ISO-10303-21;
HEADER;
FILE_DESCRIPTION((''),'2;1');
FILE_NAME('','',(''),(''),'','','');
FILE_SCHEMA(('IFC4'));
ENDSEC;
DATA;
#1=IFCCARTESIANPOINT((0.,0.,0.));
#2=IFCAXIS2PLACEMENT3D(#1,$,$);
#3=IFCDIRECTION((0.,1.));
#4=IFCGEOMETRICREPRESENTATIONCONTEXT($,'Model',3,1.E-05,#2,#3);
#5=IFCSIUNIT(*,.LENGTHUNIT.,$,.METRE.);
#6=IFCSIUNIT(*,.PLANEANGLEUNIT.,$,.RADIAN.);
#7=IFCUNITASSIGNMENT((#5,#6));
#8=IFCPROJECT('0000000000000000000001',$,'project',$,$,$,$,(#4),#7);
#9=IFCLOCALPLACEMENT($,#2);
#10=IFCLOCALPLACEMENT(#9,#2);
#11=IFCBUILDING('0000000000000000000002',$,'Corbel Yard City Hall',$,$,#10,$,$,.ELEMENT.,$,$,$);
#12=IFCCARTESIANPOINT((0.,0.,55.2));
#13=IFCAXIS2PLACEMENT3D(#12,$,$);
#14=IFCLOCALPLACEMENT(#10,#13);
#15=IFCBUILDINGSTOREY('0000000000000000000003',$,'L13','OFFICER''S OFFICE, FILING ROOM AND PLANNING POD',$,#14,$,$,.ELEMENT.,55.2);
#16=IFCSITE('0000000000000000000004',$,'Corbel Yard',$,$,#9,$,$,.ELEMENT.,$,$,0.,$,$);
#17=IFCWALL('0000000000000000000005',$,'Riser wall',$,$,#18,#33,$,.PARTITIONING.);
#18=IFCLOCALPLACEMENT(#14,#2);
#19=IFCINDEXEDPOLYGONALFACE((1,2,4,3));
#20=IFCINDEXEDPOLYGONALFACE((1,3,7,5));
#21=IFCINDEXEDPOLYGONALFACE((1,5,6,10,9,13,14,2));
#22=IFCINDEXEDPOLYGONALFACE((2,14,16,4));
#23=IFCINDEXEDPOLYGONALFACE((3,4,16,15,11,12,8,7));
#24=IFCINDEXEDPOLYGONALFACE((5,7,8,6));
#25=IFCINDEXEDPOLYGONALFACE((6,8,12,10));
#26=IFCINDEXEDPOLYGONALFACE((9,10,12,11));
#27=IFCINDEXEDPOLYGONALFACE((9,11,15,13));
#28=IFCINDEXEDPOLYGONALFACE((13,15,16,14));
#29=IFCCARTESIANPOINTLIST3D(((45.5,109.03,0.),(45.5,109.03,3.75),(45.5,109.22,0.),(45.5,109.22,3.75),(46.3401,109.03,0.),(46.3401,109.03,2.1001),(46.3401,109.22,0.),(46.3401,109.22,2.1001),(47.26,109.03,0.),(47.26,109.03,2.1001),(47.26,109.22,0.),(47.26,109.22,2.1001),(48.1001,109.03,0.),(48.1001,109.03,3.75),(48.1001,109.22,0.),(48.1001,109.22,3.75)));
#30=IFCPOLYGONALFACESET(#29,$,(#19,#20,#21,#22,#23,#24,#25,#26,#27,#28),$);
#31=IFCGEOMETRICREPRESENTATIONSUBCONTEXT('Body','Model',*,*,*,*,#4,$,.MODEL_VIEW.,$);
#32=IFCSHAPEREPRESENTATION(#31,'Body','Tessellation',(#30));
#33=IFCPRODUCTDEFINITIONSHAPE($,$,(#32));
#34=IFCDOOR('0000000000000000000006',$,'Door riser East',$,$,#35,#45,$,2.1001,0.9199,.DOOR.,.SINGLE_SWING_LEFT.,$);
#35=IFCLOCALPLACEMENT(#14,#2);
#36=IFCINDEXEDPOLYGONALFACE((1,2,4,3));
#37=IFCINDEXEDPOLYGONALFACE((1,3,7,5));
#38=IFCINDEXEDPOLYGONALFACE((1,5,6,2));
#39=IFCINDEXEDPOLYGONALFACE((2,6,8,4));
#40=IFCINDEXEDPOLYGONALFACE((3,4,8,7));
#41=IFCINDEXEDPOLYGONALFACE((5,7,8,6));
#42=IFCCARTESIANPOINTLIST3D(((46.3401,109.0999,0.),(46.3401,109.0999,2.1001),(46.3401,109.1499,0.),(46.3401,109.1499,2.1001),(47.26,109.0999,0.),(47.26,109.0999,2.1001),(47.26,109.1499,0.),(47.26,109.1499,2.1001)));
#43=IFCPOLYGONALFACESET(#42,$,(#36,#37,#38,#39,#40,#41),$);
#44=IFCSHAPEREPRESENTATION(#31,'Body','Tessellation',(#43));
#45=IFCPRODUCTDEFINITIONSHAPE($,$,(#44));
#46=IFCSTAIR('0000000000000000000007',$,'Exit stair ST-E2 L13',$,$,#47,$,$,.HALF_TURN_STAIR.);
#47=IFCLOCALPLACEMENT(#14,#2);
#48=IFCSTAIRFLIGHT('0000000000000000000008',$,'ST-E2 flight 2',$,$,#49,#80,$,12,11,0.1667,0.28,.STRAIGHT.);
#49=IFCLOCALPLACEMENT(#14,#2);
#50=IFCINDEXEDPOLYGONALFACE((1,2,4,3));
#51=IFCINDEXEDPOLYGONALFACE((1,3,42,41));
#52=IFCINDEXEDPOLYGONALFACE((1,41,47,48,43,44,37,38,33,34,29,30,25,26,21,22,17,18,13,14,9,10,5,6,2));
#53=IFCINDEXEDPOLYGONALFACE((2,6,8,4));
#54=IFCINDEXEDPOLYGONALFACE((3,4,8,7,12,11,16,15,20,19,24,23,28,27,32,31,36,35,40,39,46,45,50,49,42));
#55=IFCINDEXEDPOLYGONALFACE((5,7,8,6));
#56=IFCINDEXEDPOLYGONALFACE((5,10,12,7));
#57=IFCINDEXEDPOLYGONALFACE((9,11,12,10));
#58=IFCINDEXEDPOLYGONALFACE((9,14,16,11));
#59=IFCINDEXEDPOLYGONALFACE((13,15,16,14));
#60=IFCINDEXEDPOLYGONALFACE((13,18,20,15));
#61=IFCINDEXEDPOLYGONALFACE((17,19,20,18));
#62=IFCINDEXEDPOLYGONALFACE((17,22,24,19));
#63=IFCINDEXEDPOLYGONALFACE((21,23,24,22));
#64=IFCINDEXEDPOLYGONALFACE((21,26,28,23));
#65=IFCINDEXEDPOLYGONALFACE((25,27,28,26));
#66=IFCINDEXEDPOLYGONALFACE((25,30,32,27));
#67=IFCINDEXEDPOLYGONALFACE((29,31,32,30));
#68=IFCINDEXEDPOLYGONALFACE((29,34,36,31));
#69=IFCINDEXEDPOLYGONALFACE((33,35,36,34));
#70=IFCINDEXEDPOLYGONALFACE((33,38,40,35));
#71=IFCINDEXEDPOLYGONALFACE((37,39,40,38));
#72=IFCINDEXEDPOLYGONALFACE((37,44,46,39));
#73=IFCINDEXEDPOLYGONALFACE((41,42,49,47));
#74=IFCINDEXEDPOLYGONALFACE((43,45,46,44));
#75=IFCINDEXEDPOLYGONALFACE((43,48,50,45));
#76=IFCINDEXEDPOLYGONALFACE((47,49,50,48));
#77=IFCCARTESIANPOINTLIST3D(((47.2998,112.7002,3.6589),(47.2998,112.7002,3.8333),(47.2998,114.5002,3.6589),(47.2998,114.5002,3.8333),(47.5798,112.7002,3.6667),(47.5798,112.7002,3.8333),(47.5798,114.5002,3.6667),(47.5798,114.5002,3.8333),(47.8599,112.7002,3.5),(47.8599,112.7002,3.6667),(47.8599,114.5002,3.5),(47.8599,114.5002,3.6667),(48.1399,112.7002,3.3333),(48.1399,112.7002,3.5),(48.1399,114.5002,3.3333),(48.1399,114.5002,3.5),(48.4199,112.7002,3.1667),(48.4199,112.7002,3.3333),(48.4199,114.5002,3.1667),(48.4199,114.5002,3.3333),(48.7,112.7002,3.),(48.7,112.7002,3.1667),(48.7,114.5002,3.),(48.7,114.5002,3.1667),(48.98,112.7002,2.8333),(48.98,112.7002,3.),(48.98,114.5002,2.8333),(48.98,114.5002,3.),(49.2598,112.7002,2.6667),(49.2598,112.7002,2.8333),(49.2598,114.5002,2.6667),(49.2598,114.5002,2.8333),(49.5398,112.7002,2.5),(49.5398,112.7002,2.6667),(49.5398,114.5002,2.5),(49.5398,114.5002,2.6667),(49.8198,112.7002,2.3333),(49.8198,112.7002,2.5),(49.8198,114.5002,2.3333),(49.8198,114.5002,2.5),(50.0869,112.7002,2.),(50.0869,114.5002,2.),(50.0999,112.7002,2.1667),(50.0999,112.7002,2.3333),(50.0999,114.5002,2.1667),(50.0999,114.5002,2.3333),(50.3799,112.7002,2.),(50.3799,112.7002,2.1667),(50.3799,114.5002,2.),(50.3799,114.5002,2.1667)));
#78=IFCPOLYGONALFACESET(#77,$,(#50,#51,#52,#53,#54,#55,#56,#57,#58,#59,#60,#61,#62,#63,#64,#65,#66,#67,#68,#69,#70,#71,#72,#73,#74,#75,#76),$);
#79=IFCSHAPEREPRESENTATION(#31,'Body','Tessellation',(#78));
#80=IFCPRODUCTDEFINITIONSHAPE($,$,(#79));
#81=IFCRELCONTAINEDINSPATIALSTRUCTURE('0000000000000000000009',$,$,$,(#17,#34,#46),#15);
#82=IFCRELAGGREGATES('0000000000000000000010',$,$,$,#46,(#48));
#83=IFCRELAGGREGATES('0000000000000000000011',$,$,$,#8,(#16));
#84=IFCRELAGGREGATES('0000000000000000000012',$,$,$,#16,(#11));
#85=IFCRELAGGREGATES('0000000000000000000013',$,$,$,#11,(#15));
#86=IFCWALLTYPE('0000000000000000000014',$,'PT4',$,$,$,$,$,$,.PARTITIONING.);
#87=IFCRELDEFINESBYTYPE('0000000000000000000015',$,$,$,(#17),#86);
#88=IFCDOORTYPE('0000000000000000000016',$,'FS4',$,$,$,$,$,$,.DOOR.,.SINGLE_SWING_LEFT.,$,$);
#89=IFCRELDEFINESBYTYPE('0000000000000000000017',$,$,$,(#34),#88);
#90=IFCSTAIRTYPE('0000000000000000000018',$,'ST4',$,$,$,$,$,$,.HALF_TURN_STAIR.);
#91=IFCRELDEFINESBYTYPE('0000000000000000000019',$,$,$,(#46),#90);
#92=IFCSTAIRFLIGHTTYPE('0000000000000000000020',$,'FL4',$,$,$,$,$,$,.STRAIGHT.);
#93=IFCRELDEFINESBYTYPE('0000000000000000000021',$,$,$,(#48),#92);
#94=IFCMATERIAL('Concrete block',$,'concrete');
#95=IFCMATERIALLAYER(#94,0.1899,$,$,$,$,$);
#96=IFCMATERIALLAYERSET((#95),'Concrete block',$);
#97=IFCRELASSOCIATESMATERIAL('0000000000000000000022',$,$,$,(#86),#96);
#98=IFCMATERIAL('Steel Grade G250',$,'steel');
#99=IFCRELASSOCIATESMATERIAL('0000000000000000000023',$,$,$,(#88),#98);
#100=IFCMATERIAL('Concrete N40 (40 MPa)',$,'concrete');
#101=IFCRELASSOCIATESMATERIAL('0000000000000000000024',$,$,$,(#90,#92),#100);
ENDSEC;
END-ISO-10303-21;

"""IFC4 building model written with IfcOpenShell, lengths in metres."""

from ifc_helpers import new_model, si_unit, direction, frame, frame_2d, origin, place, context, subcontext, project, spatial, polyline, rectangle, outline, extrude, material, layer, layer_set, type_object, element, fill, aggregate, save


model = new_model("IFC4")

# Units and contexts
model_context = context("Model", 3, precision=1e-05, world=origin(), true_north=direction((0.0, 1.0)))
body_context = subcontext(model_context, "Body", "Model", "MODEL_VIEW")
ifc_project = project(units=[si_unit("LENGTHUNIT", "METRE"), si_unit("PLANEANGLEUNIT", "RADIAN")], contexts=[model_context])

# Site, building, storey
site_placement = place(None, origin())
site = spatial("IfcSite", under=ifc_project, at=site_placement, Name="Corbel Yard", CompositionType="ELEMENT", RefElevation=0.0)
building_placement = place(site_placement, origin())
building = spatial("IfcBuilding", under=site, at=building_placement, Name="Corbel Yard City Hall", CompositionType="ELEMENT")
storey_placement = place(building_placement, frame((0.0, 0.0, 55.2)))
storey = spatial("IfcBuildingStorey", under=building, at=storey_placement, Name="L13", Description="OFFICER'S OFFICE, FILING ROOM AND PLANNING POD", CompositionType="ELEMENT", Elevation=55.2)

# Shared definitions
ifc_material_1 = material(Name="Concrete N40 (40 MPa)", Category="concrete")

# Wall, opening, door
ifc_material_2 = material(Name="Steel Grade G250", Category="steel")
ifc_material_3 = material(Name="Concrete block", Category="concrete")
ifc_layer_1 = layer(ifc_material_3, 0.1899)
ifc_layer_set_1 = layer_set([ifc_layer_1], Name="Concrete block")
wall_type_1 = type_object("IfcWallType", Name="PT4", PredefinedType="PARTITIONING", material=ifc_layer_set_1)
wall_1_placement = place(storey_placement, frame((45.5, 109.125, 0.0), z_axis=(0.0, 0.0, 1.0), x_axis=(1.0, 0.0, 0.0)))
wall_1 = element("IfcWall", 1, at=wall_1_placement, inside=storey, type_object=wall_type_1, Name="Riser wall", PredefinedType="PARTITIONING", context=body_context, shape_type="SweptSolid", body=[
    extrude(rectangle(XDim=2.6001, YDim=0.1899, at=frame_2d((1.3, 0.0))), origin(), (0.0, 0.0, 1.0), 3.75),
])
opening_1_placement = place(wall_1_placement, frame((0.8401, 0.0, 0.0)))
opening_1 = element("IfcOpeningElement", 2, at=opening_1_placement, cuts=wall_1, PredefinedType="OPENING", context=body_context, shape_type="SweptSolid", body=[
    extrude(rectangle(XDim=0.9199, YDim=2.1001, at=frame_2d((0.46, 1.05))), frame((0.0, 0.105, 0.0), z_axis=(0.0, -1.0, 0.0), x_axis=(1.0, 0.0, 0.0)), (0.0, 0.0, 1.0), 0.21),
])
door_type_1 = type_object("IfcDoorType", Name="FS4", OperationType="SINGLE_SWING_LEFT", PredefinedType="DOOR", material=ifc_material_2)
door_1_placement = place(opening_1_placement, origin())
door_1 = element("IfcDoor", 3, at=door_1_placement, inside=storey, type_object=door_type_1, Name="Door riser East", OperationType="SINGLE_SWING_LEFT", OverallHeight=2.1001, OverallWidth=0.9199, PredefinedType="DOOR", context=body_context, shape_type="SweptSolid", body=[
    extrude(rectangle(XDim=0.9199, YDim=2.1001, at=frame_2d((0.46, 1.05))), frame((0.0, 0.0249, 0.0), z_axis=(0.0, -1.0, 0.0), x_axis=(1.0, 0.0, 0.0)), (0.0, 0.0, 1.0), 0.05),
])
fill(opening_1, door_1)

# Stair, stair flight
stair_type = type_object("IfcStairType", Name="ST4", PredefinedType="HALF_TURN_STAIR", material=ifc_material_1)
stair_placement = place(storey_placement, origin())
stair = element("IfcStair", 4, at=stair_placement, inside=storey, type_object=stair_type, Name="Exit stair ST-E2 L13", PredefinedType="HALF_TURN_STAIR")
stair_flight_type = type_object("IfcStairFlightType", Name="FL4", PredefinedType="STRAIGHT", material=ifc_material_1)
stair_flight_placement = place(storey_placement, frame((50.3799, 113.6001, 2.0), z_axis=(0.0, 0.0, 1.0), x_axis=(-1.0, 0.0, 0.0)))
stair_flight = element("IfcStairFlight", 5, at=stair_flight_placement, type_object=stair_flight_type, Name="ST-E2 flight 2", NumberOfRisers=12, NumberOfTreads=11, PredefinedType="STRAIGHT", RiserHeight=0.1667, TreadLength=0.28, context=body_context, shape_type="SweptSolid", body=[
    extrude(outline(polyline([(0.0, 0.0), (0.0, 0.1667), (0.28, 0.1667), (0.28, 0.3333), (0.5601, 0.3333), (0.5601, 0.5), (0.8401, 0.5), (0.8401, 0.6667), (1.1201, 0.6667), (1.1201, 0.8333), (1.3999, 0.8333), (1.3999, 1.0), (1.6799, 1.0), (1.6799, 1.1667), (1.96, 1.1667), (1.96, 1.3333), (2.24, 1.3333), (2.24, 1.5), (2.52, 1.5), (2.52, 1.6667), (2.8, 1.6667), (2.8, 1.8333), (3.0801, 1.8333), (3.0801, 2.0), (3.0801, 1.6589), (0.293, 0.0), (0.0, 0.0)])), frame((0.0, 0.8999, 0.0), z_axis=(0.0, -1.0, 0.0), x_axis=(1.0, 0.0, 0.0)), (0.0, 0.0, 1.0), 1.8),
])
aggregate(stair, [stair_flight])

save(model, "model.ifc")
